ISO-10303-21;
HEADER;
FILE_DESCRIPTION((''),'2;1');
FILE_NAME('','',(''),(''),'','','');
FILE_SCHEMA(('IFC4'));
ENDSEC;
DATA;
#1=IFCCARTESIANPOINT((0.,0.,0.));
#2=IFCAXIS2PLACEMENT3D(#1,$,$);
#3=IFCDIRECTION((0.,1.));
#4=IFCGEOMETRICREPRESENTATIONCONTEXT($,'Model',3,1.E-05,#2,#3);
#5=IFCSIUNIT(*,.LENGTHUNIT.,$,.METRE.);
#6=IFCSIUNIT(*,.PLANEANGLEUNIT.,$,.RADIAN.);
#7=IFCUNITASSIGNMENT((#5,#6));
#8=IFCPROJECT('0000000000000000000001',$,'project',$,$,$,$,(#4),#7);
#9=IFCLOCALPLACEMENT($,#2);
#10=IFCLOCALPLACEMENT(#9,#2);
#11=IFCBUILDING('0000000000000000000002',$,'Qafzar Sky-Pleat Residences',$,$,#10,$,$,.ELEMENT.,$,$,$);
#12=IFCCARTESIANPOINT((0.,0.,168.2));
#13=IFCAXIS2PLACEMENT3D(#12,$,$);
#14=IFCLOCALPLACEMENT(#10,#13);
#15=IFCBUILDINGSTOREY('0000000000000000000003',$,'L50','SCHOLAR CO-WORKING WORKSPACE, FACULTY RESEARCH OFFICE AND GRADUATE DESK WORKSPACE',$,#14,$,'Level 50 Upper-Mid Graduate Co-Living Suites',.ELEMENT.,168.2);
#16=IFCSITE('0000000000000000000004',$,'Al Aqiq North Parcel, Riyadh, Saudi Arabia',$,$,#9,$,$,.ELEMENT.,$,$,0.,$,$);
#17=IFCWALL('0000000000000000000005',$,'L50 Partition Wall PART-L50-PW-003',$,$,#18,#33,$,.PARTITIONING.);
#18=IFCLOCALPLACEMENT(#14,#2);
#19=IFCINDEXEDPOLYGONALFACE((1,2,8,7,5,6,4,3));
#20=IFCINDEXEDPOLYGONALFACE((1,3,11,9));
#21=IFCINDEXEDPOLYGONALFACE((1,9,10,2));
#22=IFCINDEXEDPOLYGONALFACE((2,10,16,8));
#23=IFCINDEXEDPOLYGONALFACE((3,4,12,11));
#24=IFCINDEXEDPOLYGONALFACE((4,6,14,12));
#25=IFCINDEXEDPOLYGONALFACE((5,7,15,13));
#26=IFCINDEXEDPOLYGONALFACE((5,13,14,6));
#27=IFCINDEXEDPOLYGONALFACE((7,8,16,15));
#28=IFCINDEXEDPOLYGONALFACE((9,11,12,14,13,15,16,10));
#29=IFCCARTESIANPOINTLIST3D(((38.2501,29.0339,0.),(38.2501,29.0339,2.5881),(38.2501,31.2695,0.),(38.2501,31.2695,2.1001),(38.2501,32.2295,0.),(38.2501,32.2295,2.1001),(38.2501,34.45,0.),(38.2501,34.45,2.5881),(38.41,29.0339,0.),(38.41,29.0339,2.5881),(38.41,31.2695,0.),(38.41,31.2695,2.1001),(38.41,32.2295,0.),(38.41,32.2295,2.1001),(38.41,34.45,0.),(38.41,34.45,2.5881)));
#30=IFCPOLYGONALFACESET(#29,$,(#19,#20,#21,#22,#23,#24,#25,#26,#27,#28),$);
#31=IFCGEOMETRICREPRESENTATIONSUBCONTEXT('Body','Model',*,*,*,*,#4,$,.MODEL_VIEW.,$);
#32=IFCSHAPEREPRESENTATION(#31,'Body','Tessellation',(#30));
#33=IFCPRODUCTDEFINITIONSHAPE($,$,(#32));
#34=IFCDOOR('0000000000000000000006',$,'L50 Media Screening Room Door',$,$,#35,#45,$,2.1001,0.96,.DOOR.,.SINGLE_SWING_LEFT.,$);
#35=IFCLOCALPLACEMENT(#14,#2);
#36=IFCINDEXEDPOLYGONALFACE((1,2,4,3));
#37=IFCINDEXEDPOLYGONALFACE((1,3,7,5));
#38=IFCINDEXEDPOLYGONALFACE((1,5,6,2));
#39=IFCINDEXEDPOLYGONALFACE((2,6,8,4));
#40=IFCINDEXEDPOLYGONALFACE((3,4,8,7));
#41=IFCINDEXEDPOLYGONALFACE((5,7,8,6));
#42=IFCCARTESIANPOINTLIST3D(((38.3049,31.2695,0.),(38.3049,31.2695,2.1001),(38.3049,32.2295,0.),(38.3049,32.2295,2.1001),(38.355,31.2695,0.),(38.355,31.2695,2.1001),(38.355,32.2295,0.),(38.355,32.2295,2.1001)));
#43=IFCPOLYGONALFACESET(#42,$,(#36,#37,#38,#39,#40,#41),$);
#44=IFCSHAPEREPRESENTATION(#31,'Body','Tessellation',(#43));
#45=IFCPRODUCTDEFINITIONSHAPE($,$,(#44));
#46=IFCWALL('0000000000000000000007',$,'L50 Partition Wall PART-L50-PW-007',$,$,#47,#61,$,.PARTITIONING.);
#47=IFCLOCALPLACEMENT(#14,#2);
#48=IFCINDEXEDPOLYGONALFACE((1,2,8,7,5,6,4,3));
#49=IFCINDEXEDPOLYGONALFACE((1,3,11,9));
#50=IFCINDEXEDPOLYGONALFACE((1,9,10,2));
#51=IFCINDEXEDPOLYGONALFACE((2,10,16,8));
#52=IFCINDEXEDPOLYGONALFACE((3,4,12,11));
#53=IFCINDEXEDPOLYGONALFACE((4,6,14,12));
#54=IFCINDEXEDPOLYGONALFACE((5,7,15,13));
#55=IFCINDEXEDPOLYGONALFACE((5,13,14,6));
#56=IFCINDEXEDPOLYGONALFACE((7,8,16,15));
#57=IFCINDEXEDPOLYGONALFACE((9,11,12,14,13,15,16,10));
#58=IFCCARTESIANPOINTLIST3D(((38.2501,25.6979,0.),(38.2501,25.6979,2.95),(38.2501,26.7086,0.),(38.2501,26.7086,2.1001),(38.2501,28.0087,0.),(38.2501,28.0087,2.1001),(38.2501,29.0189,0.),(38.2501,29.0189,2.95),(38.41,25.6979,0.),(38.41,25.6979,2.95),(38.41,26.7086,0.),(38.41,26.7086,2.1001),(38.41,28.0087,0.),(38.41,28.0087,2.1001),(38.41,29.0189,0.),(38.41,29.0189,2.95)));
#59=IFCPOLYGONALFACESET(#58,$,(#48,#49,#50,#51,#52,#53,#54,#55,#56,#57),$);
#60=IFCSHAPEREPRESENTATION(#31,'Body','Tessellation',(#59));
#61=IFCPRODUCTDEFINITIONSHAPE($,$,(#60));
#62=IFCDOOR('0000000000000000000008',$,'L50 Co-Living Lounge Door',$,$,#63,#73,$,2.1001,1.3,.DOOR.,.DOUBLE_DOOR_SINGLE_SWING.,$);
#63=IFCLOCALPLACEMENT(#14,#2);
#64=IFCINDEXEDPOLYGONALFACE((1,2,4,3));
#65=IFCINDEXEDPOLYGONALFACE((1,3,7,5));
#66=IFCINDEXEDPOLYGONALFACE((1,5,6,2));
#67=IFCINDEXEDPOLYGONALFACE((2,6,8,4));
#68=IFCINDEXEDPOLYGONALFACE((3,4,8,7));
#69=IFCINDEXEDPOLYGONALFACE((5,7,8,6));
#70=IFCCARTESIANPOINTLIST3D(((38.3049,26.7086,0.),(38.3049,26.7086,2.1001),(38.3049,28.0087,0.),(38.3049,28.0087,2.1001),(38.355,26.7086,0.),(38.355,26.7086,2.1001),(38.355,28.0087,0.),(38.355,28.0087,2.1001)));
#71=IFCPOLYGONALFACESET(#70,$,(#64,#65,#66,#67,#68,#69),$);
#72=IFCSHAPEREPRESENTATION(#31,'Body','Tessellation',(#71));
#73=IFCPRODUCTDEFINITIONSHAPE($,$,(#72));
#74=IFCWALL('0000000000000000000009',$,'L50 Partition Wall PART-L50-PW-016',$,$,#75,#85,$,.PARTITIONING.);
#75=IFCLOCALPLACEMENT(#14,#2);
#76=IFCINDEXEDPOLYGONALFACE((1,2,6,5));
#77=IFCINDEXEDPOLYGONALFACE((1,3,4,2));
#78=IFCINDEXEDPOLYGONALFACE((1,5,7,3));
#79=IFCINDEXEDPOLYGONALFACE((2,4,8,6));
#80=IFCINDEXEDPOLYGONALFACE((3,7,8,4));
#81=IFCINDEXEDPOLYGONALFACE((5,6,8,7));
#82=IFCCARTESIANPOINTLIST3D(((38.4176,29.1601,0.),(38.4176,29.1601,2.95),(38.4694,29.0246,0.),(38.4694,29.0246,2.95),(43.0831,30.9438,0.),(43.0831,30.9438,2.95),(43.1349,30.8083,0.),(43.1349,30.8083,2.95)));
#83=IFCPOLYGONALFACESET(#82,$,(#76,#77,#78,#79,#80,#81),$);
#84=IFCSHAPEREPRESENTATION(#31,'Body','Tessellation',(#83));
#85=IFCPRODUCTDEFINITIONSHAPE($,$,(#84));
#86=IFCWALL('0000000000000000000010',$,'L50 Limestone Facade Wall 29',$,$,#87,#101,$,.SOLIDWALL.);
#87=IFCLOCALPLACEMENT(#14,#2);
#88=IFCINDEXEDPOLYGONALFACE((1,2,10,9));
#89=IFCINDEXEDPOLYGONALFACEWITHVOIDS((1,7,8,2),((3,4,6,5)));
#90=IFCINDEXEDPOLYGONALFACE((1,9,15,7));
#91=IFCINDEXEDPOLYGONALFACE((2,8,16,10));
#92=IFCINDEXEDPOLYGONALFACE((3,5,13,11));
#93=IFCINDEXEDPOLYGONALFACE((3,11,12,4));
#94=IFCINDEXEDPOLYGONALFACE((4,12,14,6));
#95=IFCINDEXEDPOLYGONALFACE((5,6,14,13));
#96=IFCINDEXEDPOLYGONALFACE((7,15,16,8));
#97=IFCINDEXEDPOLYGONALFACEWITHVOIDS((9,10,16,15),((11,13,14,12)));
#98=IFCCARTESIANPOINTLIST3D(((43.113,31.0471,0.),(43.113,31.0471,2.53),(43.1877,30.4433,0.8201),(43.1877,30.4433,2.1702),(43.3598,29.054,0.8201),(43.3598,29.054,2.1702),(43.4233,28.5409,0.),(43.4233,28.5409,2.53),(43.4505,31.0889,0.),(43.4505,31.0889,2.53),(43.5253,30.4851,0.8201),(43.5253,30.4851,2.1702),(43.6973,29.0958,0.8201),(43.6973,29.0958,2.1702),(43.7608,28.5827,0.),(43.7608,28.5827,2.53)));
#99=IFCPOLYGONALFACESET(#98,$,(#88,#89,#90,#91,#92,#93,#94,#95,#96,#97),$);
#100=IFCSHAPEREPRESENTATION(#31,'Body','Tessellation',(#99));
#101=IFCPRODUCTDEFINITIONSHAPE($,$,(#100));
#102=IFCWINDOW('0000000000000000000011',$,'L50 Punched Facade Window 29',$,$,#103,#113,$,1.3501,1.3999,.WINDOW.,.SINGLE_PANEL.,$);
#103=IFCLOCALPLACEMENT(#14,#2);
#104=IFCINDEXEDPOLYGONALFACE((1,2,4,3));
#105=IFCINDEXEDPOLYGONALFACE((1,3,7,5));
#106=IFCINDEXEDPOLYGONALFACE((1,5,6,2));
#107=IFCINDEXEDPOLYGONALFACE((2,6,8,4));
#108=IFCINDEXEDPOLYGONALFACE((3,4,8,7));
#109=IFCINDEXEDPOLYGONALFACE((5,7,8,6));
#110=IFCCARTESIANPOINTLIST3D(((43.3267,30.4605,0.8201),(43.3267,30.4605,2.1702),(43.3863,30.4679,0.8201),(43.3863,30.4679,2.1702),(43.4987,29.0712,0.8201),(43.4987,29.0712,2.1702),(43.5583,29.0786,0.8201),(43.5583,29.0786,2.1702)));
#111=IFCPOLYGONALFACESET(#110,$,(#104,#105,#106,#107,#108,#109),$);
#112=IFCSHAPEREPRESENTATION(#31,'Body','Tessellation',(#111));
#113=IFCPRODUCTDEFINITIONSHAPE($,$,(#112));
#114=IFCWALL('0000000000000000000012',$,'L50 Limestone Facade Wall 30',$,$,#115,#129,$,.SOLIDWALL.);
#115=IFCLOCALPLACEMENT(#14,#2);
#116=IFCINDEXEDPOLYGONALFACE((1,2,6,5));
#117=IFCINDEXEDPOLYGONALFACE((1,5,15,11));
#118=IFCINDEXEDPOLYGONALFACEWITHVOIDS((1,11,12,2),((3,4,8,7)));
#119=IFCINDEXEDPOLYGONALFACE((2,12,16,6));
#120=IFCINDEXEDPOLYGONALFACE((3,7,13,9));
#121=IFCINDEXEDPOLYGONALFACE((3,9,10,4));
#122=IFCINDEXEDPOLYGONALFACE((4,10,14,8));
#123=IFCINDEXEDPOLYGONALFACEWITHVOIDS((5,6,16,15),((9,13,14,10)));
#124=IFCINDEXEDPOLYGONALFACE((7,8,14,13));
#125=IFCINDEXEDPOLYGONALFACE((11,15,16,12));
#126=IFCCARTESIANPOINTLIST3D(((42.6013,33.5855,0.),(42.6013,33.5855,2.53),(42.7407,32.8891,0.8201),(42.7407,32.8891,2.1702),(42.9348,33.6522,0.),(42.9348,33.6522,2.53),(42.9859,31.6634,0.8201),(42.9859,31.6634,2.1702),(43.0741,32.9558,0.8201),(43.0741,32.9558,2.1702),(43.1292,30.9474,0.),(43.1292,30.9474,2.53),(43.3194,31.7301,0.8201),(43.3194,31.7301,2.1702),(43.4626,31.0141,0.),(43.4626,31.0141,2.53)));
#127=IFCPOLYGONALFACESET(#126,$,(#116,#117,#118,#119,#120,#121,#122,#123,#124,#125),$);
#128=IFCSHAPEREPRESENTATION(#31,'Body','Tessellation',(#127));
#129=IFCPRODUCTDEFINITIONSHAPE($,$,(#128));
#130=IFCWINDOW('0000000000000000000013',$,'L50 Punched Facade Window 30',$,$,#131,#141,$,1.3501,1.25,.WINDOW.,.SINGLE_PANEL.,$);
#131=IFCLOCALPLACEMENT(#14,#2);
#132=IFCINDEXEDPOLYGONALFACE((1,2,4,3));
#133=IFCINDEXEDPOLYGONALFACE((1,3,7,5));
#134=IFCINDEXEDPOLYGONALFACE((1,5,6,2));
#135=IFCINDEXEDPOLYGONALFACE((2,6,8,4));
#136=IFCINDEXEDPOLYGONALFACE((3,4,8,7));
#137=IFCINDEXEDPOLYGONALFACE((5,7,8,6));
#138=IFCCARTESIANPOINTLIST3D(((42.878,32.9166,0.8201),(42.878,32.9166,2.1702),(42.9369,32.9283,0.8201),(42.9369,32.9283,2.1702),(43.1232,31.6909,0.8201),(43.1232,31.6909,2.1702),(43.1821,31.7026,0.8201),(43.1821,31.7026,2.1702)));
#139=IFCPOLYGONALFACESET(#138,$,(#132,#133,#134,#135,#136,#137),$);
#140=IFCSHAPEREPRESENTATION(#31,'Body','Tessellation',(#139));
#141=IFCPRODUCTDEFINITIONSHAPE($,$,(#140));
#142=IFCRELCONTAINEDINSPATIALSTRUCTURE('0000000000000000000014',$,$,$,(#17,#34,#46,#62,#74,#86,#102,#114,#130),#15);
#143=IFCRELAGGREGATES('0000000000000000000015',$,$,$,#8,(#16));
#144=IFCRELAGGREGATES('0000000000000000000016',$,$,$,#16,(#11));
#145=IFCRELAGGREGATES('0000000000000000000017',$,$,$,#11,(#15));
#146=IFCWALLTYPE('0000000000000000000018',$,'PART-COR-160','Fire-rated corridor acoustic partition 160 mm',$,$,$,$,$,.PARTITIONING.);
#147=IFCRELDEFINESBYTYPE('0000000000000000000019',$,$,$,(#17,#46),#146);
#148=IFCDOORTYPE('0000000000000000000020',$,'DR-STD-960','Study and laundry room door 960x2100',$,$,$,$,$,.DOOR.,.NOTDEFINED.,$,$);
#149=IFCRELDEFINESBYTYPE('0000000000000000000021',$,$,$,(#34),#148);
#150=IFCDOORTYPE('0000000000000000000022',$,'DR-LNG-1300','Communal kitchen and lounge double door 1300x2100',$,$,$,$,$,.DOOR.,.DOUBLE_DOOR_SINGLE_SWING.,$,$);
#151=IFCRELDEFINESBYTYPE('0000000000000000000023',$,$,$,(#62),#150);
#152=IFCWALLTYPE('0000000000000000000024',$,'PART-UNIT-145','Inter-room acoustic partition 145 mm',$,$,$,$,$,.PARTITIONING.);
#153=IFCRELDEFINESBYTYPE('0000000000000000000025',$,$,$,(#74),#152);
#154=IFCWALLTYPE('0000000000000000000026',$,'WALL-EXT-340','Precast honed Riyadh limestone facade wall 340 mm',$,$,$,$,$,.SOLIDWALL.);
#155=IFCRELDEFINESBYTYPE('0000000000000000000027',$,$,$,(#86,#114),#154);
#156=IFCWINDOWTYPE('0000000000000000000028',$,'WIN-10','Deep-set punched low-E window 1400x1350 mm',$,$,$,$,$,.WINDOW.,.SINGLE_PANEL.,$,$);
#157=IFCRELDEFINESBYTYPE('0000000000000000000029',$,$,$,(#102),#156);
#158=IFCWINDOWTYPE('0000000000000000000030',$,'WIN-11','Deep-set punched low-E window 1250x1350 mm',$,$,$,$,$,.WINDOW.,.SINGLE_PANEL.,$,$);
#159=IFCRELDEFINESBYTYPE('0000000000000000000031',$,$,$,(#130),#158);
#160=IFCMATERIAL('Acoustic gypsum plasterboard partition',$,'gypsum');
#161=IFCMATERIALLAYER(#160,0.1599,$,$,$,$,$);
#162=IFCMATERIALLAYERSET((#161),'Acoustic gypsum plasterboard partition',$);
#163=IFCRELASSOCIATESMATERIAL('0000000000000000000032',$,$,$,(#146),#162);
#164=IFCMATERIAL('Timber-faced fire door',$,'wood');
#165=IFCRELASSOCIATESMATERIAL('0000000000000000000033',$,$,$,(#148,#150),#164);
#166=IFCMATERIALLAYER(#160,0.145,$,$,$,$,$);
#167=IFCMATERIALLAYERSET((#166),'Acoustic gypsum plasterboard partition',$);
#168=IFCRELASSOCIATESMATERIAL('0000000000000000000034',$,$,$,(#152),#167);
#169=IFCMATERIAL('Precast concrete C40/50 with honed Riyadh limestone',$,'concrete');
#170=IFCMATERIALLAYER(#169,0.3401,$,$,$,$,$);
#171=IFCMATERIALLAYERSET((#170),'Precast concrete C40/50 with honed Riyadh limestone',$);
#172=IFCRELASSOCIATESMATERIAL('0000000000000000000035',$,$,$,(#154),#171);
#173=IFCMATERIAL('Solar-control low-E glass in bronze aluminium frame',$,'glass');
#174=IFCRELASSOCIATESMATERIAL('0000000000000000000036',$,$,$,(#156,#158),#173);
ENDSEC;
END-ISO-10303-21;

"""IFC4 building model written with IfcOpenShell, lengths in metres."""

from ifc_helpers import new_model, si_unit, direction, frame, frame_2d, origin, place, context, subcontext, project, spatial, rectangle, extrude, source, transform, mapped, material, layer, layer_set, type_object, element, fill, save


model = new_model("IFC4")

# Units and contexts
model_context = context("Model", 3, precision=1e-05, world=origin(), true_north=direction((0.0, 1.0)))
body_context = subcontext(model_context, "Body", "Model", "MODEL_VIEW")
ifc_project = project(units=[si_unit("LENGTHUNIT", "METRE"), si_unit("PLANEANGLEUNIT", "RADIAN")], contexts=[model_context])

# Site, building, storey
site_placement = place(None, origin())
site = spatial("IfcSite", under=ifc_project, at=site_placement, Name="Al Aqiq North Parcel, Riyadh, Saudi Arabia", CompositionType="ELEMENT", RefElevation=0.0)
building_placement = place(site_placement, origin())
building = spatial("IfcBuilding", under=site, at=building_placement, Name="Qafzar Sky-Pleat Residences", CompositionType="ELEMENT")
storey_placement = place(building_placement, frame((0.0, 0.0, 168.2)))
storey = spatial("IfcBuildingStorey", under=building, at=storey_placement, Name="L50", Description="SCHOLAR CO-WORKING WORKSPACE, FACULTY RESEARCH OFFICE AND GRADUATE DESK WORKSPACE", LongName="Level 50 Upper-Mid Graduate Co-Living Suites", CompositionType="ELEMENT", Elevation=168.2)

# Walls, openings, doors
ifc_material_1 = material(Name="Acoustic gypsum plasterboard partition", Category="gypsum")
ifc_layer_1 = layer(ifc_material_1, 0.1599)
ifc_layer_set_1 = layer_set([ifc_layer_1], Name="Acoustic gypsum plasterboard partition")
wall_type_1 = type_object("IfcWallType", Name="PART-COR-160", Description="Fire-rated corridor acoustic partition 160 mm", PredefinedType="PARTITIONING", material=ifc_layer_set_1)
wall_1_placement = place(storey_placement, frame((38.3301, 34.45, 0.0), z_axis=(0.0, 0.0, 1.0), x_axis=(0.0, -1.0, 0.0)))
wall_1 = element("IfcWall", 1, at=wall_1_placement, inside=storey, type_object=wall_type_1, Name="L50 Partition Wall PART-L50-PW-003", PredefinedType="PARTITIONING", context=body_context, shape_type="SweptSolid", body=[
    extrude(rectangle(XDim=5.416, YDim=0.1599, at=frame_2d((2.708, 0.0))), origin(), (0.0, 0.0, 1.0), 2.5881),
])
opening_1_placement = place(wall_1_placement, frame((2.2205, 0.0, 0.0)))
opening_1 = element("IfcOpeningElement", 2, at=opening_1_placement, cuts=wall_1, PredefinedType="OPENING", context=body_context, shape_type="SweptSolid", body=[
    extrude(rectangle(XDim=0.96, YDim=2.1001, at=frame_2d((0.48, 1.05))), frame((0.0, 0.0898, 0.0), z_axis=(0.0, -1.0, 0.0), x_axis=(1.0, 0.0, 0.0)), (0.0, 0.0, 1.0), 0.1799),
])
ifc_material_2 = material(Name="Timber-faced fire door", Category="wood")
door_type_1 = type_object("IfcDoorType", Name="DR-STD-960", Description="Study and laundry room door 960x2100", OperationType="NOTDEFINED", PredefinedType="DOOR", material=ifc_material_2)
shared_shape_1 = source(origin(), body_context, "Body", "SweptSolid", [
    extrude(rectangle(XDim=0.96, YDim=2.1001, at=frame_2d((0.48, 1.05))), frame((0.0, 0.0249, 0.0), z_axis=(0.0, -1.0, 0.0), x_axis=(1.0, 0.0, 0.0)), (0.0, 0.0, 1.0), 0.05),
])
door_1_placement = place(opening_1_placement, origin())
door_1 = element("IfcDoor", 3, at=door_1_placement, inside=storey, type_object=door_type_1, Name="L50 Media Screening Room Door", OperationType="SINGLE_SWING_LEFT", OverallHeight=2.1001, OverallWidth=0.96, PredefinedType="DOOR", context=body_context, shape_type="MappedRepresentation", body=[
    mapped(shared_shape_1, transform((0.0, 0.0, 0.0), x_axis=(1.0, 0.0, 0.0), y_axis=(0.0, 1.0, 0.0), z_axis=(0.0, 0.0, 1.0), scale=1.0)),
])
fill(opening_1, door_1)
wall_2_placement = place(storey_placement, frame((38.3301, 29.019, 0.0), z_axis=(0.0, 0.0, 1.0), x_axis=(0.0, -1.0, 0.0)))
wall_2 = element("IfcWall", 4, at=wall_2_placement, inside=storey, type_object=wall_type_1, Name="L50 Partition Wall PART-L50-PW-007", PredefinedType="PARTITIONING", context=body_context, shape_type="SweptSolid", body=[
    extrude(rectangle(XDim=3.321, YDim=0.1599, at=frame_2d((1.6606, 0.0))), origin(), (0.0, 0.0, 1.0), 2.95),
])
opening_2_placement = place(wall_2_placement, frame((1.0105, 0.0, 0.0)))
opening_2 = element("IfcOpeningElement", 5, at=opening_2_placement, cuts=wall_2, PredefinedType="OPENING", context=body_context, shape_type="SweptSolid", body=[
    extrude(rectangle(XDim=1.3, YDim=2.1001, at=frame_2d((0.6499, 1.05))), frame((0.0, 0.0898, 0.0), z_axis=(0.0, -1.0, 0.0), x_axis=(1.0, 0.0, 0.0)), (0.0, 0.0, 1.0), 0.1799),
])
door_type_2 = type_object("IfcDoorType", Name="DR-LNG-1300", Description="Communal kitchen and lounge double door 1300x2100", OperationType="DOUBLE_DOOR_SINGLE_SWING", PredefinedType="DOOR", material=ifc_material_2)
shared_shape_2 = source(origin(), body_context, "Body", "SweptSolid", [
    extrude(rectangle(XDim=1.3, YDim=2.1001, at=frame_2d((0.6499, 1.05))), frame((0.0, 0.0249, 0.0), z_axis=(0.0, -1.0, 0.0), x_axis=(1.0, 0.0, 0.0)), (0.0, 0.0, 1.0), 0.05),
])
door_2_placement = place(opening_2_placement, origin())
door_2 = element("IfcDoor", 6, at=door_2_placement, inside=storey, type_object=door_type_2, Name="L50 Co-Living Lounge Door", OperationType="DOUBLE_DOOR_SINGLE_SWING", OverallHeight=2.1001, OverallWidth=1.3, PredefinedType="DOOR", context=body_context, shape_type="MappedRepresentation", body=[
    mapped(shared_shape_2, transform((0.0, 0.0, 0.0), x_axis=(1.0, 0.0, 0.0), y_axis=(0.0, 1.0, 0.0), z_axis=(0.0, 0.0, 1.0), scale=1.0)),
])
fill(opening_2, door_2)

# Wall
ifc_layer_2 = layer(ifc_material_1, 0.145)
ifc_layer_set_2 = layer_set([ifc_layer_2], Name="Acoustic gypsum plasterboard partition")
wall_type_2 = type_object("IfcWallType", Name="PART-UNIT-145", Description="Inter-room acoustic partition 145 mm", PredefinedType="PARTITIONING", material=ifc_layer_set_2)
wall_3_placement = place(storey_placement, frame((38.4434, 29.0923, 0.0), z_axis=(0.0, 0.0, 1.0), x_axis=(0.934064, 0.357105, 0.0)))
element("IfcWall", 7, at=wall_3_placement, inside=storey, type_object=wall_type_2, Name="L50 Partition Wall PART-L50-PW-016", PredefinedType="PARTITIONING", context=body_context, shape_type="SweptSolid", body=[
    extrude(rectangle(XDim=4.9949, YDim=0.145, at=frame_2d((2.4976, 0.0))), origin(), (0.0, 0.0, 1.0), 2.95),
])

# Walls, openings, windows
ifc_material_3 = material(Name="Precast concrete C40/50 with honed Riyadh limestone", Category="concrete")
ifc_layer_3 = layer(ifc_material_3, 0.3401)
ifc_layer_set_3 = layer_set([ifc_layer_3], Name="Precast concrete C40/50 with honed Riyadh limestone")
wall_type_3 = type_object("IfcWallType", Name="WALL-EXT-340", Description="Precast honed Riyadh limestone facade wall 340 mm", PredefinedType="SOLIDWALL", material=ifc_layer_set_3)
wall_4_placement = place(storey_placement, frame((43.592, 28.5618, 0.0), z_axis=(0.0, 0.0, 1.0), x_axis=(-0.122869, 0.992423, 0.0)))
wall_4 = element("IfcWall", 8, at=wall_4_placement, inside=storey, type_object=wall_type_3, Name="L50 Limestone Facade Wall 29", PredefinedType="SOLIDWALL", context=body_context, shape_type="SweptSolid", body=[
    extrude(rectangle(XDim=2.5254, YDim=0.3401, at=frame_2d((1.2627, 0.0))), origin(), (0.0, 0.0, 1.0), 2.53),
])
opening_3_placement = place(wall_4_placement, frame((0.5171, 0.0, 0.8201)))
opening_3 = element("IfcOpeningElement", 9, at=opening_3_placement, cuts=wall_4, PredefinedType="OPENING", context=body_context, shape_type="SweptSolid", body=[
    extrude(rectangle(XDim=1.3999, YDim=1.3501, at=frame_2d((0.7, 0.675))), frame((0.0, 0.1802, 0.0), z_axis=(0.0, -1.0, 0.0), x_axis=(1.0, 0.0, 0.0)), (0.0, 0.0, 1.0), 0.3601),
])
ifc_material_4 = material(Name="Solar-control low-E glass in bronze aluminium frame", Category="glass")
window_type_1 = type_object("IfcWindowType", Name="WIN-10", Description="Deep-set punched low-E window 1400x1350 mm", PartitioningType="SINGLE_PANEL", PredefinedType="WINDOW", material=ifc_material_4)
shared_shape_3 = source(origin(), body_context, "Body", "SweptSolid", [
    extrude(rectangle(XDim=1.3999, YDim=1.3501, at=frame_2d((0.7, 0.675))), frame((0.0, 0.03, 0.0), z_axis=(0.0, -1.0, 0.0), x_axis=(1.0, 0.0, 0.0)), (0.0, 0.0, 1.0), 0.0601),
])
window_1_placement = place(opening_3_placement, origin())
window_1 = element("IfcWindow", 10, at=window_1_placement, inside=storey, type_object=window_type_1, Name="L50 Punched Facade Window 29", OverallHeight=1.3501, OverallWidth=1.3999, PartitioningType="SINGLE_PANEL", PredefinedType="WINDOW", context=body_context, shape_type="MappedRepresentation", body=[
    mapped(shared_shape_3, transform((0.0, 0.0, 0.0), x_axis=(1.0, 0.0, 0.0), y_axis=(0.0, 1.0, 0.0), z_axis=(0.0, 0.0, 1.0), scale=1.0)),
])
fill(opening_3, window_1)
wall_5_placement = place(storey_placement, frame((43.2959, 30.9807, 0.0), z_axis=(0.0, 0.0, 1.0), x_axis=(-0.196186, 0.980567, 0.0)))
wall_5 = element("IfcWall", 11, at=wall_5_placement, inside=storey, type_object=wall_type_3, Name="L50 Limestone Facade Wall 30", PredefinedType="SOLIDWALL", context=body_context, shape_type="SweptSolid", body=[
    extrude(rectangle(XDim=2.6904, YDim=0.3401, at=frame_2d((1.3452, 0.0))), origin(), (0.0, 0.0, 1.0), 2.53),
])
opening_4_placement = place(wall_5_placement, frame((0.7302, 0.0, 0.8201)))
opening_4 = element("IfcOpeningElement", 12, at=opening_4_placement, cuts=wall_5, PredefinedType="OPENING", context=body_context, shape_type="SweptSolid", body=[
    extrude(rectangle(XDim=1.25, YDim=1.3501, at=frame_2d((0.625, 0.675))), frame((0.0, 0.1802, 0.0), z_axis=(0.0, -1.0, 0.0), x_axis=(1.0, 0.0, 0.0)), (0.0, 0.0, 1.0), 0.3601),
])
window_type_2 = type_object("IfcWindowType", Name="WIN-11", Description="Deep-set punched low-E window 1250x1350 mm", PartitioningType="SINGLE_PANEL", PredefinedType="WINDOW", material=ifc_material_4)
shared_shape_4 = source(origin(), body_context, "Body", "SweptSolid", [
    extrude(rectangle(XDim=1.25, YDim=1.3501, at=frame_2d((0.625, 0.675))), frame((0.0, 0.03, 0.0), z_axis=(0.0, -1.0, 0.0), x_axis=(1.0, 0.0, 0.0)), (0.0, 0.0, 1.0), 0.0601),
])
window_2_placement = place(opening_4_placement, origin())
window_2 = element("IfcWindow", 13, at=window_2_placement, inside=storey, type_object=window_type_2, Name="L50 Punched Facade Window 30", OverallHeight=1.3501, OverallWidth=1.25, PartitioningType="SINGLE_PANEL", PredefinedType="WINDOW", context=body_context, shape_type="MappedRepresentation", body=[
    mapped(shared_shape_4, transform((0.0, 0.0, 0.0), x_axis=(1.0, 0.0, 0.0), y_axis=(0.0, 1.0, 0.0), z_axis=(0.0, 0.0, 1.0), scale=1.0)),
])
fill(opening_4, window_2)

save(model, "model.ifc")
